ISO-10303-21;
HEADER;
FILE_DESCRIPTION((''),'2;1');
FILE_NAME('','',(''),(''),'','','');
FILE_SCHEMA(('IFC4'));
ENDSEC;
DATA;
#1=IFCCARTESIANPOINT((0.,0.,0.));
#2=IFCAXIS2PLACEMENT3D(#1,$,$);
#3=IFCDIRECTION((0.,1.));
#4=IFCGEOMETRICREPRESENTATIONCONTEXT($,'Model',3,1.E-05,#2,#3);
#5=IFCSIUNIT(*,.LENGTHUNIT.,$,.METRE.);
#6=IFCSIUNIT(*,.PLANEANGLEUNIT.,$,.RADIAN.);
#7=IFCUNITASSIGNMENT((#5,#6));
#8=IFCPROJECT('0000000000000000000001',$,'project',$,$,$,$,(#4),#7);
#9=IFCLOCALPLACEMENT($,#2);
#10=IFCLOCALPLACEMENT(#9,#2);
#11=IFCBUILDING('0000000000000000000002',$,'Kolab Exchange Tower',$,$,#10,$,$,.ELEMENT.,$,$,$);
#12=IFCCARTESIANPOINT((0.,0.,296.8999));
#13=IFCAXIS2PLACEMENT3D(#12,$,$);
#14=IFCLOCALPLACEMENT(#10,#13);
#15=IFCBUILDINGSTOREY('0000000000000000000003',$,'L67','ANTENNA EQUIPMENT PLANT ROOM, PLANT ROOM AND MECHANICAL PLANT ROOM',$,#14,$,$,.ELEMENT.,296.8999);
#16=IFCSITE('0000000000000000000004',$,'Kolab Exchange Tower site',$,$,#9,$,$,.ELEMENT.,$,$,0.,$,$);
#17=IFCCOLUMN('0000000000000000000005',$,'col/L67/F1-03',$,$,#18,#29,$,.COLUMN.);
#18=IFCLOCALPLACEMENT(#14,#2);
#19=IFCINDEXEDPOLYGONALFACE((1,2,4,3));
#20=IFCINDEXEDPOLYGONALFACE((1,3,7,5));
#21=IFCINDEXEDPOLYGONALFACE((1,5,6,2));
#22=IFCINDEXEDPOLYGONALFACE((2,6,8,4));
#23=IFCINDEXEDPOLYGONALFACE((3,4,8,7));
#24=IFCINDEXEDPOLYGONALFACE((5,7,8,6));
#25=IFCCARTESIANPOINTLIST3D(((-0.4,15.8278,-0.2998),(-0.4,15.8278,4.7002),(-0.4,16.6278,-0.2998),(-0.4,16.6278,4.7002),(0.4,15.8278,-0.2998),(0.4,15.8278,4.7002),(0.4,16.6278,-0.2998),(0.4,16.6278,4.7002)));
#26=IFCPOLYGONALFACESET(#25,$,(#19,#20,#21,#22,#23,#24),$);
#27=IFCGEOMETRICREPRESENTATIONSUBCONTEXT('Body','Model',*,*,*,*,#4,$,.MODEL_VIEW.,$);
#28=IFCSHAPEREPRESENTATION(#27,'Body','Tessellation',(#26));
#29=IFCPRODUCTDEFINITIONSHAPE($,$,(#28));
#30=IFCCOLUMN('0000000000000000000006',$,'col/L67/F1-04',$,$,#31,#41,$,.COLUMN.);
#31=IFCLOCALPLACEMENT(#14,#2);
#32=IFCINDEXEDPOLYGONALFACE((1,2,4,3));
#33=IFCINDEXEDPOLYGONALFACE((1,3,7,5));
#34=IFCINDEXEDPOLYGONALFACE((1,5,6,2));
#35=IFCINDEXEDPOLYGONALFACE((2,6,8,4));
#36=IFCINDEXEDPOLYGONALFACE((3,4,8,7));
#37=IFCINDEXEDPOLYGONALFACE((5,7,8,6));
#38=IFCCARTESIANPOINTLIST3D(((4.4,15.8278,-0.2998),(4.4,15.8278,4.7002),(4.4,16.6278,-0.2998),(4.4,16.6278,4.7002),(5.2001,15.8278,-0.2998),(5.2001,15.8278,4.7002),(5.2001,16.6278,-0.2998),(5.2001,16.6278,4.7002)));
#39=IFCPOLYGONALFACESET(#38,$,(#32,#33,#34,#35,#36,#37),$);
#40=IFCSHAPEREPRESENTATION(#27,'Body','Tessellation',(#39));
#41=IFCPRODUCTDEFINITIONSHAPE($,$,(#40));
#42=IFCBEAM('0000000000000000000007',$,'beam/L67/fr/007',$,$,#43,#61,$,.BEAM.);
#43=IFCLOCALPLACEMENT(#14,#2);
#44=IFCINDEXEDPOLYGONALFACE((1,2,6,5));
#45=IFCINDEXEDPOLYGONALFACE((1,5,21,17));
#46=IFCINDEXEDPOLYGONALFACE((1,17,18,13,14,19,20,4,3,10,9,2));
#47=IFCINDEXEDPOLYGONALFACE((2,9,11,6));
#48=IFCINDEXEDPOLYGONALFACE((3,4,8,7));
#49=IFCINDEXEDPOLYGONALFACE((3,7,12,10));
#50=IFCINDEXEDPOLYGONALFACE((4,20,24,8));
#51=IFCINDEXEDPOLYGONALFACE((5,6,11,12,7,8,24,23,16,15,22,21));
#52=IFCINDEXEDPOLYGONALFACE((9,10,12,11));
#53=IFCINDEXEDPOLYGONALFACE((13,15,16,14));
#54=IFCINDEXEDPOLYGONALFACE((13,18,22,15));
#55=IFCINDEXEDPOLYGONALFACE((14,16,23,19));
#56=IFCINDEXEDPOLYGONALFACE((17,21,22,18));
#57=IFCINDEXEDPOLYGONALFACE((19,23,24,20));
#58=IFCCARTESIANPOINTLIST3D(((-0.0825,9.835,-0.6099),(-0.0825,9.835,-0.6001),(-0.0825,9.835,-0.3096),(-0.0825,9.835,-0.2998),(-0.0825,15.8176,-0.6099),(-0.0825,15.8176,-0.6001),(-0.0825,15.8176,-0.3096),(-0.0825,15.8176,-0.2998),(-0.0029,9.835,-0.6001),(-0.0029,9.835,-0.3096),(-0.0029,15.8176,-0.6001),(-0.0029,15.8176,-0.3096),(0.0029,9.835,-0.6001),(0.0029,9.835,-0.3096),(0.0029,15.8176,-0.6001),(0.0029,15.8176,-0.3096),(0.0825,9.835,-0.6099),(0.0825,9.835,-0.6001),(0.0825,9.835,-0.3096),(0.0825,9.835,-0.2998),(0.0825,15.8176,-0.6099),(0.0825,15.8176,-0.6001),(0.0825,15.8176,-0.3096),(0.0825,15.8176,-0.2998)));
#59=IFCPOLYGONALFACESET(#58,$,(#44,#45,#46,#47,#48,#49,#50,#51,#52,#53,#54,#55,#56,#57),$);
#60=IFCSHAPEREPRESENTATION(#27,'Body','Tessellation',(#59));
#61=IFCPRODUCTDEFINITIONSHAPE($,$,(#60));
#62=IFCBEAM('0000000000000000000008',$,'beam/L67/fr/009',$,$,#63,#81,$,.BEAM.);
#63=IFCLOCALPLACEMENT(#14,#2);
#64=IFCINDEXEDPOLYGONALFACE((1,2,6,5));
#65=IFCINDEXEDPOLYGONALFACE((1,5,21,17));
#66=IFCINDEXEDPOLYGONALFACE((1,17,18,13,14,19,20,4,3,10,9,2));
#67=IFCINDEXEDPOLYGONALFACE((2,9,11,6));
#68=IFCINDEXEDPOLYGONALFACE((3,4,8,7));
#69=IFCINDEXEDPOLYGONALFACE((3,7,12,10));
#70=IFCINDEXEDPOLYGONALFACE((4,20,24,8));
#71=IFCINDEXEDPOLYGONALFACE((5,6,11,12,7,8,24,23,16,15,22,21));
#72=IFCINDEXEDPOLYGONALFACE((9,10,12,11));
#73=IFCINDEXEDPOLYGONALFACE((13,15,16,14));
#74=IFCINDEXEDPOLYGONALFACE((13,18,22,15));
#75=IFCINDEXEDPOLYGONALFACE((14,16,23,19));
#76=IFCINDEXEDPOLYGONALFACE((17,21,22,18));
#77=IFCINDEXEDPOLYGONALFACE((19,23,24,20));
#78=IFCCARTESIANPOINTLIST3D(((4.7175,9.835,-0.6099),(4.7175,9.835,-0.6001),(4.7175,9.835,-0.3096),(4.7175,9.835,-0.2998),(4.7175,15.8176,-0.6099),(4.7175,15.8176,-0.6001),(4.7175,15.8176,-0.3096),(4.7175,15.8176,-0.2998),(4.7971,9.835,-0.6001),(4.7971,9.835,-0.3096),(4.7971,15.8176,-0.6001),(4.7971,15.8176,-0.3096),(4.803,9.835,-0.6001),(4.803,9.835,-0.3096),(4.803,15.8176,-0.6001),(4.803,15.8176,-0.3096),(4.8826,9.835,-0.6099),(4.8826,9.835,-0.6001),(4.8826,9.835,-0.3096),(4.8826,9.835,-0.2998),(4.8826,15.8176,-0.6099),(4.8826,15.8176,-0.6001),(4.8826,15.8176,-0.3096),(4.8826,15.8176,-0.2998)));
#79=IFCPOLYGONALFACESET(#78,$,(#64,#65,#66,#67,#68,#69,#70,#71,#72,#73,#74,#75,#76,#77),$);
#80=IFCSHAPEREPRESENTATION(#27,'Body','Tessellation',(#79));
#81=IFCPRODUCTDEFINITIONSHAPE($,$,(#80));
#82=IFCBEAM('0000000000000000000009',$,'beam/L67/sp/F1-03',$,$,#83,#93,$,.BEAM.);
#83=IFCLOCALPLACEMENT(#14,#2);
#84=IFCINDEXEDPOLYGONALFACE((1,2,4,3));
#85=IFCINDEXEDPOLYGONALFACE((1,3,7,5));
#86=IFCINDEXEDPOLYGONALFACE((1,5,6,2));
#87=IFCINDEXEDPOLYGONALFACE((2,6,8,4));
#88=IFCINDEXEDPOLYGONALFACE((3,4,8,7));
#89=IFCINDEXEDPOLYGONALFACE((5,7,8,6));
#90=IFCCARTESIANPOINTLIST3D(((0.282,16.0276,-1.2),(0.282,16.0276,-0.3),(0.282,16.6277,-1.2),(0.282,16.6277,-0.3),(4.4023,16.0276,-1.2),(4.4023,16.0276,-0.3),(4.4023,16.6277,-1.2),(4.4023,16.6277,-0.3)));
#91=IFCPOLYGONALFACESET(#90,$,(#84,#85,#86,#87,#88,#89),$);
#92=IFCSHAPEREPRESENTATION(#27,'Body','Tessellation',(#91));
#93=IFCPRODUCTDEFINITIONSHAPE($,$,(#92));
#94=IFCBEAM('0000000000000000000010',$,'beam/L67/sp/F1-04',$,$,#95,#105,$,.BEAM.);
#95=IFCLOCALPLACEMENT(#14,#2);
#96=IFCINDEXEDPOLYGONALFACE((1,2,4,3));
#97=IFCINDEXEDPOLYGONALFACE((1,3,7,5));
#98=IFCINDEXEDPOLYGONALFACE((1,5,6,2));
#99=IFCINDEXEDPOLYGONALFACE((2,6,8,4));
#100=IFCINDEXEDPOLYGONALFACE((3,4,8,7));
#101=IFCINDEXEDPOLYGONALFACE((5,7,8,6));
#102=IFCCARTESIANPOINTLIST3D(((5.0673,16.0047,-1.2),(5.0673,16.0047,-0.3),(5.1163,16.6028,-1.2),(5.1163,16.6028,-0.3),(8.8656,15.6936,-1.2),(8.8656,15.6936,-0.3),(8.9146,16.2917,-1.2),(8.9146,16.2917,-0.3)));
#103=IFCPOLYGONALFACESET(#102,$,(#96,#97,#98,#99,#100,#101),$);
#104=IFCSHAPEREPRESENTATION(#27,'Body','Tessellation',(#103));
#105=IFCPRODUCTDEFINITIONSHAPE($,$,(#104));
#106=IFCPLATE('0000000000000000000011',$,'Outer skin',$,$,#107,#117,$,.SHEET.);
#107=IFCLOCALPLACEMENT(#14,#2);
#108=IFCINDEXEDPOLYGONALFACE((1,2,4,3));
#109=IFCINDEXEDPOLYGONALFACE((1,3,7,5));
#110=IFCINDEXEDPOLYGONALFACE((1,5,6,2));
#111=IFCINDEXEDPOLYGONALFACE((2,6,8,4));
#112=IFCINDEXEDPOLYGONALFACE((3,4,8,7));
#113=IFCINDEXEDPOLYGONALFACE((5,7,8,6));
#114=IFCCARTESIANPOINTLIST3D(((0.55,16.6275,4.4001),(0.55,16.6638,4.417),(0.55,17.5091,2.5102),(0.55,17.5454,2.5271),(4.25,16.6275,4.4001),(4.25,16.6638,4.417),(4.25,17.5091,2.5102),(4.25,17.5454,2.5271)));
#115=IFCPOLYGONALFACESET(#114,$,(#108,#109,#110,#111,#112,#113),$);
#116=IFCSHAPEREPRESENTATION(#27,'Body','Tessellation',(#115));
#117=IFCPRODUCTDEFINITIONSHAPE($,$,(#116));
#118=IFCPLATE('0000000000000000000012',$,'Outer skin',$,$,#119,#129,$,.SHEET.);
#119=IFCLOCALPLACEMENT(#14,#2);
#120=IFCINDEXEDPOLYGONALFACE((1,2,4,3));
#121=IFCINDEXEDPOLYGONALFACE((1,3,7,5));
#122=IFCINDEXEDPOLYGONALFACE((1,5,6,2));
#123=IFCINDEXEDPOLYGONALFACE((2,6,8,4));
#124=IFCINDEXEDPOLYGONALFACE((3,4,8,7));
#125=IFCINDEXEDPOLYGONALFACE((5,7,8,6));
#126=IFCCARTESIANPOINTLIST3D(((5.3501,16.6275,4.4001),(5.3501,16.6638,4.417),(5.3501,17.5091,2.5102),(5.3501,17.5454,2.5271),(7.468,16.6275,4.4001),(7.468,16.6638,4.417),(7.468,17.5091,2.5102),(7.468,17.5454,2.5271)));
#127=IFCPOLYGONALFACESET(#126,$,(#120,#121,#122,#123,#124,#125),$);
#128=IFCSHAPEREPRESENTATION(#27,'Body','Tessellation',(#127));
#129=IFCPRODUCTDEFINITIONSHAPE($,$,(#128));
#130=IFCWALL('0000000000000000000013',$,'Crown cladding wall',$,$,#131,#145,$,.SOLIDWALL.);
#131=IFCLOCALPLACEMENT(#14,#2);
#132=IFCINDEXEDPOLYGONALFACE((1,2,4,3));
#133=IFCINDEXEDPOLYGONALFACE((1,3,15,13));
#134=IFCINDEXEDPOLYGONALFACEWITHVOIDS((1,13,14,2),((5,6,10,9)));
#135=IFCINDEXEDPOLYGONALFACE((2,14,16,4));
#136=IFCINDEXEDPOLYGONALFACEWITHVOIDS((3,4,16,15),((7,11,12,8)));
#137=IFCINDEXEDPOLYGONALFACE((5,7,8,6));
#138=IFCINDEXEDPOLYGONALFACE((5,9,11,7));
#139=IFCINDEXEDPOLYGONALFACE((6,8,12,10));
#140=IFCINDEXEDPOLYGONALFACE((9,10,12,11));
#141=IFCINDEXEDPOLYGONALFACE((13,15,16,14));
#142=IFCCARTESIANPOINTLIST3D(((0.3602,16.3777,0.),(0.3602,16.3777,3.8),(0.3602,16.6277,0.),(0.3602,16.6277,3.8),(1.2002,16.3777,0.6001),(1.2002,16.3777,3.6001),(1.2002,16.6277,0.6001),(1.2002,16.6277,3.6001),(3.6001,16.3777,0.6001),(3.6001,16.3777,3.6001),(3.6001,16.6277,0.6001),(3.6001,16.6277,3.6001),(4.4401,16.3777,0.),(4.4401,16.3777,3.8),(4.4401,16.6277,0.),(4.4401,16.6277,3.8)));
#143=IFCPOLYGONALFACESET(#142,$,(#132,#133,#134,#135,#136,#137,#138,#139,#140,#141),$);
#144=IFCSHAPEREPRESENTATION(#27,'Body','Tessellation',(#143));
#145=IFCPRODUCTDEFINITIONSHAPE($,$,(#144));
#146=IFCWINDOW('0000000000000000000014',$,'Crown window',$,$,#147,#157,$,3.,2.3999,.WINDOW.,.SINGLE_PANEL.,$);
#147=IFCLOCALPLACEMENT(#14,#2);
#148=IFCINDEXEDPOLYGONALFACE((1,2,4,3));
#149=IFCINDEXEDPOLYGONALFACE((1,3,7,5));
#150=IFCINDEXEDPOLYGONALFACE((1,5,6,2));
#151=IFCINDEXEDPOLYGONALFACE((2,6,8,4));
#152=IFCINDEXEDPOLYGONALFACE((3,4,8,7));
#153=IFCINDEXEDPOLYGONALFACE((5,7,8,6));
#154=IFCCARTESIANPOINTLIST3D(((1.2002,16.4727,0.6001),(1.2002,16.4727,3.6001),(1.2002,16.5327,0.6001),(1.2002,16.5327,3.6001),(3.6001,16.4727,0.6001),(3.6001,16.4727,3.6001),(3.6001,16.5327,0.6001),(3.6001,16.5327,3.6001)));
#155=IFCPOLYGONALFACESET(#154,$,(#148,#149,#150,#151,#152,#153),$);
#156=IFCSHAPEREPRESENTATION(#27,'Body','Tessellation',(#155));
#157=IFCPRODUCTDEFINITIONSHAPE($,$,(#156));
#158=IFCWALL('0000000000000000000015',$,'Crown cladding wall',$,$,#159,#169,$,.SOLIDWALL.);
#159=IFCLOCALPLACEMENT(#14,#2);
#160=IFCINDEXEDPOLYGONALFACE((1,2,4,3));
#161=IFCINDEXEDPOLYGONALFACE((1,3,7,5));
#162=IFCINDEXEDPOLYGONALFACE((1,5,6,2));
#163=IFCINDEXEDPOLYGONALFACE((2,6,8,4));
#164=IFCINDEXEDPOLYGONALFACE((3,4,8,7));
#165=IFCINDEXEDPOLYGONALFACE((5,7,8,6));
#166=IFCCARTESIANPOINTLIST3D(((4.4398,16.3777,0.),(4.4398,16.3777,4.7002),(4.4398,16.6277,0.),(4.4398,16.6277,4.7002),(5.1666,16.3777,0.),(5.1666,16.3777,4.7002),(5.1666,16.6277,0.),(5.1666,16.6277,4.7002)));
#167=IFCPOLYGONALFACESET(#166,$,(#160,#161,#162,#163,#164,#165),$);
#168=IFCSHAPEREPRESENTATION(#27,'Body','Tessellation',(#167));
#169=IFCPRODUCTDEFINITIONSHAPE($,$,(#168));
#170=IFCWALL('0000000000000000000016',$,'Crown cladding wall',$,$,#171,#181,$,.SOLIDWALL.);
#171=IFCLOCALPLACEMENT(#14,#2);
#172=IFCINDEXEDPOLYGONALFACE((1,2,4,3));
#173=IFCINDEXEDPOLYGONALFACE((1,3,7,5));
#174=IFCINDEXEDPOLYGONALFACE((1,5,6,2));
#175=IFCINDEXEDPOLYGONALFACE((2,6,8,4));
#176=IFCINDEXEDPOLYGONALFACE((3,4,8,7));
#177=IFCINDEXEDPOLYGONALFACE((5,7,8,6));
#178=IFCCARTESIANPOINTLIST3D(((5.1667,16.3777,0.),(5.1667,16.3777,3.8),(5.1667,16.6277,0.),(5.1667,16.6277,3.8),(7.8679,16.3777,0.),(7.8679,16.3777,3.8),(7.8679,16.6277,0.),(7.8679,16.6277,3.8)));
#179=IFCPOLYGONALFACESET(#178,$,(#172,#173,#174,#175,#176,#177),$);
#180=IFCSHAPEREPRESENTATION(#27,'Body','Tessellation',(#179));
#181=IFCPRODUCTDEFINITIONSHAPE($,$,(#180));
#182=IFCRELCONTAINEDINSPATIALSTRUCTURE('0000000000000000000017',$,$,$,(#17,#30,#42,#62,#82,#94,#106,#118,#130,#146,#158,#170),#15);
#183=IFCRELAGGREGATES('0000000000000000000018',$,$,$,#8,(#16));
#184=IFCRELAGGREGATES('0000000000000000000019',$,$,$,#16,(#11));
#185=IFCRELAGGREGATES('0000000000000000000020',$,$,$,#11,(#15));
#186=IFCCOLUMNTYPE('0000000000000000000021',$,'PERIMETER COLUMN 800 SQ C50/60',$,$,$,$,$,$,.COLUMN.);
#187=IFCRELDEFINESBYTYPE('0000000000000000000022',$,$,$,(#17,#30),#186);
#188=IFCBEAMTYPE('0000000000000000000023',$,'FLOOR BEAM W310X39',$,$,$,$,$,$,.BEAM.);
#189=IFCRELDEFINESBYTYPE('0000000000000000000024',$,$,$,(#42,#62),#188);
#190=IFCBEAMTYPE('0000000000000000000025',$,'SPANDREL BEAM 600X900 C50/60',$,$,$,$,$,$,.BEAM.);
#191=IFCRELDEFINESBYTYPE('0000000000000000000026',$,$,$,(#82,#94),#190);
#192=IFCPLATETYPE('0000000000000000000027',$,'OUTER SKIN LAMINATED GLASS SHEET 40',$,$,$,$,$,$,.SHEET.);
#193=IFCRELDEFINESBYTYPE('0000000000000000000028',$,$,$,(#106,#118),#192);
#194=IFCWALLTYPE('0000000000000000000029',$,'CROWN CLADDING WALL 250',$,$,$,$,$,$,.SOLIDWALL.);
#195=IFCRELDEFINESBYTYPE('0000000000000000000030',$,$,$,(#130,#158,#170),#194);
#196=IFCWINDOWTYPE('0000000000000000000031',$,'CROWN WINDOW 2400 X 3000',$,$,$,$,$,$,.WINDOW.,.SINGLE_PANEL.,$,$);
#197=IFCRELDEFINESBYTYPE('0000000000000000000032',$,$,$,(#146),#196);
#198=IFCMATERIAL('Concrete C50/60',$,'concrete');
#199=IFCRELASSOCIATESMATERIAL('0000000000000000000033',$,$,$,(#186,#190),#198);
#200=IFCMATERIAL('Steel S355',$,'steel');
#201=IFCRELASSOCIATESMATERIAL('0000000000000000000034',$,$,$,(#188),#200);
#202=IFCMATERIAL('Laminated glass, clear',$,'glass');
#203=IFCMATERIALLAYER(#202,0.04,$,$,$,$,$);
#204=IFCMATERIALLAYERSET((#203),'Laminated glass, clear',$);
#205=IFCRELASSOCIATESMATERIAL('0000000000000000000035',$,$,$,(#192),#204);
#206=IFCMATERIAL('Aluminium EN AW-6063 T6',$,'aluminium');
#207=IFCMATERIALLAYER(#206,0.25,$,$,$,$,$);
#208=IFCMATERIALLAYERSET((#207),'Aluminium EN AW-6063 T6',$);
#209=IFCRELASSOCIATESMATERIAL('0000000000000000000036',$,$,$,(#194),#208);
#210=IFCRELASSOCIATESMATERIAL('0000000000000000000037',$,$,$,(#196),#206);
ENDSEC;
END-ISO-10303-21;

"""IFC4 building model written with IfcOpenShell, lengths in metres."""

from ifc_helpers import new_model, si_unit, direction, frame, frame_2d, origin, origin_2d, place, context, subcontext, project, spatial, polyline, rectangle, i_section, outline, extrude, material, layer, layer_set, material_profile, profile_set, type_object, element, fill, save


model = new_model("IFC4")

# Units and contexts
model_context = context("Model", 3, precision=1e-05, world=origin(), true_north=direction((0.0, 1.0)))
body_context = subcontext(model_context, "Body", "Model", "MODEL_VIEW")
ifc_project = project(units=[si_unit("LENGTHUNIT", "METRE"), si_unit("PLANEANGLEUNIT", "RADIAN")], contexts=[model_context])

# Site, building, storey
site_placement = place(None, origin())
site = spatial("IfcSite", under=ifc_project, at=site_placement, Name="Kolab Exchange Tower site", CompositionType="ELEMENT", RefElevation=0.0)
building_placement = place(site_placement, origin())
building = spatial("IfcBuilding", under=site, at=building_placement, Name="Kolab Exchange Tower", CompositionType="ELEMENT")
storey_placement = place(building_placement, frame((0.0, 0.0, 296.8999)))
storey = spatial("IfcBuildingStorey", under=building, at=storey_placement, Name="L67", Description="ANTENNA EQUIPMENT PLANT ROOM, PLANT ROOM AND MECHANICAL PLANT ROOM", CompositionType="ELEMENT", Elevation=296.8999)

# Columns
ifc_material_1 = material(Name="Concrete C50/60", Category="concrete")
ifc_material_profile_1 = material_profile(ifc_material_1, rectangle(XDim=0.8, YDim=0.8, at=origin_2d()), Name="RC800")
ifc_profile_set_1 = profile_set([ifc_material_profile_1], Name="Concrete C50/60")
column_type = type_object("IfcColumnType", Name="PERIMETER COLUMN 800 SQ C50/60", PredefinedType="COLUMN", material=ifc_profile_set_1)
for number, where, z_axis, x_axis, name in (
    (1, (0.0, 16.2278, -0.2998), (0.0, 0.0, 1.0), (1.0, 0.0, 0.0), "col/L67/F1-03"),
    (2, (4.8, 16.2278, -0.2998), (0.0, 0.0, 1.0), (1.0, 0.0, 0.0), "col/L67/F1-04"),
):
    element("IfcColumn", number, at=place(storey_placement, frame(where, z_axis=z_axis, x_axis=x_axis)), inside=storey, type_object=column_type, Name=name, PredefinedType="COLUMN", context=body_context, shape_type="SweptSolid", body=[
        extrude(rectangle(XDim=0.8, YDim=0.8, at=origin_2d()), origin(), (0.0, 0.0, 1.0), 5.0),
    ])

# Beams
ifc_material_2 = material(Name="Steel S355", Category="steel")
ifc_material_profile_2 = material_profile(ifc_material_2, i_section(OverallWidth=0.165, OverallDepth=0.3101, WebThickness=0.0059, FlangeThickness=0.0098, at=origin_2d()), Name="W310X39")
ifc_profile_set_2 = profile_set([ifc_material_profile_2], Name="Steel S355")
beam_type_1 = type_object("IfcBeamType", Name="FLOOR BEAM W310X39", PredefinedType="BEAM", material=ifc_profile_set_2)
for number, where, z_axis, x_axis, name in (
    (3, (0.0, 9.835, -0.4548), (0.0, 1.0, 0.0), (-1.0, 0.0, 0.0), "beam/L67/fr/007"),
    (4, (4.8, 9.835, -0.4548), (0.0, 1.0, 0.0), (-1.0, 0.0, 0.0), "beam/L67/fr/009"),
):
    element("IfcBeam", number, at=place(storey_placement, frame(where, z_axis=z_axis, x_axis=x_axis)), inside=storey, type_object=beam_type_1, Name=name, PredefinedType="BEAM", context=body_context, shape_type="SweptSolid", body=[
        extrude(i_section(OverallWidth=0.165, OverallDepth=0.3101, WebThickness=0.0059, FlangeThickness=0.0098, at=origin_2d()), origin(), (0.0, 0.0, 1.0), 5.9827),
    ])
ifc_material_profile_3 = material_profile(ifc_material_1, rectangle(XDim=0.6001, YDim=0.8999, at=origin_2d()), Name="RC600X900")
ifc_profile_set_3 = profile_set([ifc_material_profile_3], Name="Concrete C50/60")
beam_type_2 = type_object("IfcBeamType", Name="SPANDREL BEAM 600X900 C50/60", PredefinedType="BEAM", material=ifc_profile_set_3)
beam_1_placement = place(storey_placement, frame((0.282, 16.3276, -0.75), z_axis=(1.0, 0.0, 0.0), x_axis=(0.0, 1.0, 0.0)))
element("IfcBeam", 5, at=beam_1_placement, inside=storey, type_object=beam_type_2, Name="beam/L67/sp/F1-03", PredefinedType="BEAM", context=body_context, shape_type="SweptSolid", body=[
    extrude(rectangle(XDim=0.6001, YDim=0.8999, at=origin_2d()), origin(), (0.0, 0.0, 1.0), 4.1204),
])
beam_2_placement = place(storey_placement, frame((5.0918, 16.3037, -0.75), z_axis=(0.996664, -0.081614, 0.0), x_axis=(0.081614, 0.996664, 0.0)))
element("IfcBeam", 6, at=beam_2_placement, inside=storey, type_object=beam_type_2, Name="beam/L67/sp/F1-04", PredefinedType="BEAM", context=body_context, shape_type="SweptSolid", body=[
    extrude(rectangle(XDim=0.6001, YDim=0.8999, at=origin_2d()), origin(), (0.0, 0.0, 1.0), 3.811),
])

# Plates
ifc_material_3 = material(Name="Laminated glass, clear", Category="glass")
ifc_layer_1 = layer(ifc_material_3, 0.04)
ifc_layer_set_1 = layer_set([ifc_layer_1], Name="Laminated glass, clear")
plate_type = type_object("IfcPlateType", Name="OUTER SKIN LAMINATED GLASS SHEET 40", PredefinedType="SHEET", material=ifc_layer_set_1)
plate_1_placement = place(storey_placement, frame((0.55, 17.5454, 2.5271), z_axis=(0.0, 0.906249, 0.422744), x_axis=(1.0, 0.0, 0.0)))
element("IfcPlate", 7, at=plate_1_placement, inside=storey, type_object=plate_type, Name="Outer skin", PredefinedType="SHEET", context=body_context, shape_type="SweptSolid", body=[
    extrude(outline(polyline([(0.0, 0.0), (3.7, 0.0), (3.7, -2.0854), (0.0, -2.0854), (0.0, 0.0)])), origin(), (0.0, 0.0, -1.0), 0.04),
])
plate_2_placement = place(storey_placement, frame((5.3501, 17.5454, 2.5271), z_axis=(0.0, 0.906249, 0.422744), x_axis=(1.0, 0.0, 0.0)))
element("IfcPlate", 8, at=plate_2_placement, inside=storey, type_object=plate_type, Name="Outer skin", PredefinedType="SHEET", context=body_context, shape_type="SweptSolid", body=[
    extrude(outline(polyline([(0.0, 0.0), (2.1179, 0.0), (2.1179, -2.0854), (0.0, -2.0854), (0.0, 0.0)])), origin(), (0.0, 0.0, -1.0), 0.04),
])

# Wall, opening, window
ifc_material_4 = material(Name="Aluminium EN AW-6063 T6", Category="aluminium")
ifc_layer_2 = layer(ifc_material_4, 0.25)
ifc_layer_set_2 = layer_set([ifc_layer_2], Name="Aluminium EN AW-6063 T6")
wall_type_1 = type_object("IfcWallType", Name="CROWN CLADDING WALL 250", PredefinedType="SOLIDWALL", material=ifc_layer_set_2)
wall_1_placement = place(storey_placement, frame((0.3601, 16.5027, 0.0), z_axis=(0.0, 0.0, 1.0), x_axis=(1.0, 0.0, 0.0)))
wall_1 = element("IfcWall", 9, at=wall_1_placement, inside=storey, type_object=wall_type_1, Name="Crown cladding wall", PredefinedType="SOLIDWALL", context=body_context, shape_type="SweptSolid", body=[
    extrude(rectangle(XDim=4.0798, YDim=0.25, at=frame_2d((2.04, 0.0))), origin(), (0.0, 0.0, 1.0), 3.8),
])
opening_1_placement = place(wall_1_placement, frame((0.8401, 0.0, 0.6001)))
opening_1 = element("IfcOpeningElement", 10, at=opening_1_placement, cuts=wall_1, PredefinedType="OPENING", context=body_context, shape_type="SweptSolid", body=[
    extrude(rectangle(XDim=2.3999, YDim=3.0, at=frame_2d((1.2, 1.5))), frame((0.0, 0.135, 0.0), z_axis=(0.0, -1.0, 0.0), x_axis=(1.0, 0.0, 0.0)), (0.0, 0.0, 1.0), 0.27),
])
window_type = type_object("IfcWindowType", Name="CROWN WINDOW 2400 X 3000", PartitioningType="SINGLE_PANEL", PredefinedType="WINDOW", material=ifc_material_4)
window_placement = place(opening_1_placement, origin())
window = element("IfcWindow", 11, at=window_placement, inside=storey, type_object=window_type, Name="Crown window", OverallHeight=3.0, OverallWidth=2.3999, PartitioningType="SINGLE_PANEL", PredefinedType="WINDOW", context=body_context, shape_type="SweptSolid", body=[
    extrude(rectangle(XDim=2.3999, YDim=3.0, at=frame_2d((1.2, 1.5))), frame((0.0, 0.03, 0.0), z_axis=(0.0, -1.0, 0.0), x_axis=(1.0, 0.0, 0.0)), (0.0, 0.0, 1.0), 0.0601),
])
fill(opening_1, window)

# Walls
wall_2_placement = place(storey_placement, frame((4.4399, 16.5027, 0.0), z_axis=(0.0, 0.0, 1.0), x_axis=(1.0, 0.0, 0.0)))
element("IfcWall", 12, at=wall_2_placement, inside=storey, type_object=wall_type_1, Name="Crown cladding wall", PredefinedType="SOLIDWALL", context=body_context, shape_type="SweptSolid", body=[
    extrude(rectangle(XDim=0.7268, YDim=0.25, at=frame_2d((0.3633, 0.0))), origin(), (0.0, 0.0, 1.0), 4.7002),
])
wall_3_placement = place(storey_placement, frame((5.1667, 16.5027, 0.0), z_axis=(0.0, 0.0, 1.0), x_axis=(1.0, 0.0, 0.0)))
element("IfcWall", 13, at=wall_3_placement, inside=storey, type_object=wall_type_1, Name="Crown cladding wall", PredefinedType="SOLIDWALL", context=body_context, shape_type="SweptSolid", body=[
    extrude(rectangle(XDim=2.7012, YDim=0.25, at=frame_2d((1.3506, 0.0))), origin(), (0.0, 0.0, 1.0), 3.8),
])

save(model, "model.ifc")
